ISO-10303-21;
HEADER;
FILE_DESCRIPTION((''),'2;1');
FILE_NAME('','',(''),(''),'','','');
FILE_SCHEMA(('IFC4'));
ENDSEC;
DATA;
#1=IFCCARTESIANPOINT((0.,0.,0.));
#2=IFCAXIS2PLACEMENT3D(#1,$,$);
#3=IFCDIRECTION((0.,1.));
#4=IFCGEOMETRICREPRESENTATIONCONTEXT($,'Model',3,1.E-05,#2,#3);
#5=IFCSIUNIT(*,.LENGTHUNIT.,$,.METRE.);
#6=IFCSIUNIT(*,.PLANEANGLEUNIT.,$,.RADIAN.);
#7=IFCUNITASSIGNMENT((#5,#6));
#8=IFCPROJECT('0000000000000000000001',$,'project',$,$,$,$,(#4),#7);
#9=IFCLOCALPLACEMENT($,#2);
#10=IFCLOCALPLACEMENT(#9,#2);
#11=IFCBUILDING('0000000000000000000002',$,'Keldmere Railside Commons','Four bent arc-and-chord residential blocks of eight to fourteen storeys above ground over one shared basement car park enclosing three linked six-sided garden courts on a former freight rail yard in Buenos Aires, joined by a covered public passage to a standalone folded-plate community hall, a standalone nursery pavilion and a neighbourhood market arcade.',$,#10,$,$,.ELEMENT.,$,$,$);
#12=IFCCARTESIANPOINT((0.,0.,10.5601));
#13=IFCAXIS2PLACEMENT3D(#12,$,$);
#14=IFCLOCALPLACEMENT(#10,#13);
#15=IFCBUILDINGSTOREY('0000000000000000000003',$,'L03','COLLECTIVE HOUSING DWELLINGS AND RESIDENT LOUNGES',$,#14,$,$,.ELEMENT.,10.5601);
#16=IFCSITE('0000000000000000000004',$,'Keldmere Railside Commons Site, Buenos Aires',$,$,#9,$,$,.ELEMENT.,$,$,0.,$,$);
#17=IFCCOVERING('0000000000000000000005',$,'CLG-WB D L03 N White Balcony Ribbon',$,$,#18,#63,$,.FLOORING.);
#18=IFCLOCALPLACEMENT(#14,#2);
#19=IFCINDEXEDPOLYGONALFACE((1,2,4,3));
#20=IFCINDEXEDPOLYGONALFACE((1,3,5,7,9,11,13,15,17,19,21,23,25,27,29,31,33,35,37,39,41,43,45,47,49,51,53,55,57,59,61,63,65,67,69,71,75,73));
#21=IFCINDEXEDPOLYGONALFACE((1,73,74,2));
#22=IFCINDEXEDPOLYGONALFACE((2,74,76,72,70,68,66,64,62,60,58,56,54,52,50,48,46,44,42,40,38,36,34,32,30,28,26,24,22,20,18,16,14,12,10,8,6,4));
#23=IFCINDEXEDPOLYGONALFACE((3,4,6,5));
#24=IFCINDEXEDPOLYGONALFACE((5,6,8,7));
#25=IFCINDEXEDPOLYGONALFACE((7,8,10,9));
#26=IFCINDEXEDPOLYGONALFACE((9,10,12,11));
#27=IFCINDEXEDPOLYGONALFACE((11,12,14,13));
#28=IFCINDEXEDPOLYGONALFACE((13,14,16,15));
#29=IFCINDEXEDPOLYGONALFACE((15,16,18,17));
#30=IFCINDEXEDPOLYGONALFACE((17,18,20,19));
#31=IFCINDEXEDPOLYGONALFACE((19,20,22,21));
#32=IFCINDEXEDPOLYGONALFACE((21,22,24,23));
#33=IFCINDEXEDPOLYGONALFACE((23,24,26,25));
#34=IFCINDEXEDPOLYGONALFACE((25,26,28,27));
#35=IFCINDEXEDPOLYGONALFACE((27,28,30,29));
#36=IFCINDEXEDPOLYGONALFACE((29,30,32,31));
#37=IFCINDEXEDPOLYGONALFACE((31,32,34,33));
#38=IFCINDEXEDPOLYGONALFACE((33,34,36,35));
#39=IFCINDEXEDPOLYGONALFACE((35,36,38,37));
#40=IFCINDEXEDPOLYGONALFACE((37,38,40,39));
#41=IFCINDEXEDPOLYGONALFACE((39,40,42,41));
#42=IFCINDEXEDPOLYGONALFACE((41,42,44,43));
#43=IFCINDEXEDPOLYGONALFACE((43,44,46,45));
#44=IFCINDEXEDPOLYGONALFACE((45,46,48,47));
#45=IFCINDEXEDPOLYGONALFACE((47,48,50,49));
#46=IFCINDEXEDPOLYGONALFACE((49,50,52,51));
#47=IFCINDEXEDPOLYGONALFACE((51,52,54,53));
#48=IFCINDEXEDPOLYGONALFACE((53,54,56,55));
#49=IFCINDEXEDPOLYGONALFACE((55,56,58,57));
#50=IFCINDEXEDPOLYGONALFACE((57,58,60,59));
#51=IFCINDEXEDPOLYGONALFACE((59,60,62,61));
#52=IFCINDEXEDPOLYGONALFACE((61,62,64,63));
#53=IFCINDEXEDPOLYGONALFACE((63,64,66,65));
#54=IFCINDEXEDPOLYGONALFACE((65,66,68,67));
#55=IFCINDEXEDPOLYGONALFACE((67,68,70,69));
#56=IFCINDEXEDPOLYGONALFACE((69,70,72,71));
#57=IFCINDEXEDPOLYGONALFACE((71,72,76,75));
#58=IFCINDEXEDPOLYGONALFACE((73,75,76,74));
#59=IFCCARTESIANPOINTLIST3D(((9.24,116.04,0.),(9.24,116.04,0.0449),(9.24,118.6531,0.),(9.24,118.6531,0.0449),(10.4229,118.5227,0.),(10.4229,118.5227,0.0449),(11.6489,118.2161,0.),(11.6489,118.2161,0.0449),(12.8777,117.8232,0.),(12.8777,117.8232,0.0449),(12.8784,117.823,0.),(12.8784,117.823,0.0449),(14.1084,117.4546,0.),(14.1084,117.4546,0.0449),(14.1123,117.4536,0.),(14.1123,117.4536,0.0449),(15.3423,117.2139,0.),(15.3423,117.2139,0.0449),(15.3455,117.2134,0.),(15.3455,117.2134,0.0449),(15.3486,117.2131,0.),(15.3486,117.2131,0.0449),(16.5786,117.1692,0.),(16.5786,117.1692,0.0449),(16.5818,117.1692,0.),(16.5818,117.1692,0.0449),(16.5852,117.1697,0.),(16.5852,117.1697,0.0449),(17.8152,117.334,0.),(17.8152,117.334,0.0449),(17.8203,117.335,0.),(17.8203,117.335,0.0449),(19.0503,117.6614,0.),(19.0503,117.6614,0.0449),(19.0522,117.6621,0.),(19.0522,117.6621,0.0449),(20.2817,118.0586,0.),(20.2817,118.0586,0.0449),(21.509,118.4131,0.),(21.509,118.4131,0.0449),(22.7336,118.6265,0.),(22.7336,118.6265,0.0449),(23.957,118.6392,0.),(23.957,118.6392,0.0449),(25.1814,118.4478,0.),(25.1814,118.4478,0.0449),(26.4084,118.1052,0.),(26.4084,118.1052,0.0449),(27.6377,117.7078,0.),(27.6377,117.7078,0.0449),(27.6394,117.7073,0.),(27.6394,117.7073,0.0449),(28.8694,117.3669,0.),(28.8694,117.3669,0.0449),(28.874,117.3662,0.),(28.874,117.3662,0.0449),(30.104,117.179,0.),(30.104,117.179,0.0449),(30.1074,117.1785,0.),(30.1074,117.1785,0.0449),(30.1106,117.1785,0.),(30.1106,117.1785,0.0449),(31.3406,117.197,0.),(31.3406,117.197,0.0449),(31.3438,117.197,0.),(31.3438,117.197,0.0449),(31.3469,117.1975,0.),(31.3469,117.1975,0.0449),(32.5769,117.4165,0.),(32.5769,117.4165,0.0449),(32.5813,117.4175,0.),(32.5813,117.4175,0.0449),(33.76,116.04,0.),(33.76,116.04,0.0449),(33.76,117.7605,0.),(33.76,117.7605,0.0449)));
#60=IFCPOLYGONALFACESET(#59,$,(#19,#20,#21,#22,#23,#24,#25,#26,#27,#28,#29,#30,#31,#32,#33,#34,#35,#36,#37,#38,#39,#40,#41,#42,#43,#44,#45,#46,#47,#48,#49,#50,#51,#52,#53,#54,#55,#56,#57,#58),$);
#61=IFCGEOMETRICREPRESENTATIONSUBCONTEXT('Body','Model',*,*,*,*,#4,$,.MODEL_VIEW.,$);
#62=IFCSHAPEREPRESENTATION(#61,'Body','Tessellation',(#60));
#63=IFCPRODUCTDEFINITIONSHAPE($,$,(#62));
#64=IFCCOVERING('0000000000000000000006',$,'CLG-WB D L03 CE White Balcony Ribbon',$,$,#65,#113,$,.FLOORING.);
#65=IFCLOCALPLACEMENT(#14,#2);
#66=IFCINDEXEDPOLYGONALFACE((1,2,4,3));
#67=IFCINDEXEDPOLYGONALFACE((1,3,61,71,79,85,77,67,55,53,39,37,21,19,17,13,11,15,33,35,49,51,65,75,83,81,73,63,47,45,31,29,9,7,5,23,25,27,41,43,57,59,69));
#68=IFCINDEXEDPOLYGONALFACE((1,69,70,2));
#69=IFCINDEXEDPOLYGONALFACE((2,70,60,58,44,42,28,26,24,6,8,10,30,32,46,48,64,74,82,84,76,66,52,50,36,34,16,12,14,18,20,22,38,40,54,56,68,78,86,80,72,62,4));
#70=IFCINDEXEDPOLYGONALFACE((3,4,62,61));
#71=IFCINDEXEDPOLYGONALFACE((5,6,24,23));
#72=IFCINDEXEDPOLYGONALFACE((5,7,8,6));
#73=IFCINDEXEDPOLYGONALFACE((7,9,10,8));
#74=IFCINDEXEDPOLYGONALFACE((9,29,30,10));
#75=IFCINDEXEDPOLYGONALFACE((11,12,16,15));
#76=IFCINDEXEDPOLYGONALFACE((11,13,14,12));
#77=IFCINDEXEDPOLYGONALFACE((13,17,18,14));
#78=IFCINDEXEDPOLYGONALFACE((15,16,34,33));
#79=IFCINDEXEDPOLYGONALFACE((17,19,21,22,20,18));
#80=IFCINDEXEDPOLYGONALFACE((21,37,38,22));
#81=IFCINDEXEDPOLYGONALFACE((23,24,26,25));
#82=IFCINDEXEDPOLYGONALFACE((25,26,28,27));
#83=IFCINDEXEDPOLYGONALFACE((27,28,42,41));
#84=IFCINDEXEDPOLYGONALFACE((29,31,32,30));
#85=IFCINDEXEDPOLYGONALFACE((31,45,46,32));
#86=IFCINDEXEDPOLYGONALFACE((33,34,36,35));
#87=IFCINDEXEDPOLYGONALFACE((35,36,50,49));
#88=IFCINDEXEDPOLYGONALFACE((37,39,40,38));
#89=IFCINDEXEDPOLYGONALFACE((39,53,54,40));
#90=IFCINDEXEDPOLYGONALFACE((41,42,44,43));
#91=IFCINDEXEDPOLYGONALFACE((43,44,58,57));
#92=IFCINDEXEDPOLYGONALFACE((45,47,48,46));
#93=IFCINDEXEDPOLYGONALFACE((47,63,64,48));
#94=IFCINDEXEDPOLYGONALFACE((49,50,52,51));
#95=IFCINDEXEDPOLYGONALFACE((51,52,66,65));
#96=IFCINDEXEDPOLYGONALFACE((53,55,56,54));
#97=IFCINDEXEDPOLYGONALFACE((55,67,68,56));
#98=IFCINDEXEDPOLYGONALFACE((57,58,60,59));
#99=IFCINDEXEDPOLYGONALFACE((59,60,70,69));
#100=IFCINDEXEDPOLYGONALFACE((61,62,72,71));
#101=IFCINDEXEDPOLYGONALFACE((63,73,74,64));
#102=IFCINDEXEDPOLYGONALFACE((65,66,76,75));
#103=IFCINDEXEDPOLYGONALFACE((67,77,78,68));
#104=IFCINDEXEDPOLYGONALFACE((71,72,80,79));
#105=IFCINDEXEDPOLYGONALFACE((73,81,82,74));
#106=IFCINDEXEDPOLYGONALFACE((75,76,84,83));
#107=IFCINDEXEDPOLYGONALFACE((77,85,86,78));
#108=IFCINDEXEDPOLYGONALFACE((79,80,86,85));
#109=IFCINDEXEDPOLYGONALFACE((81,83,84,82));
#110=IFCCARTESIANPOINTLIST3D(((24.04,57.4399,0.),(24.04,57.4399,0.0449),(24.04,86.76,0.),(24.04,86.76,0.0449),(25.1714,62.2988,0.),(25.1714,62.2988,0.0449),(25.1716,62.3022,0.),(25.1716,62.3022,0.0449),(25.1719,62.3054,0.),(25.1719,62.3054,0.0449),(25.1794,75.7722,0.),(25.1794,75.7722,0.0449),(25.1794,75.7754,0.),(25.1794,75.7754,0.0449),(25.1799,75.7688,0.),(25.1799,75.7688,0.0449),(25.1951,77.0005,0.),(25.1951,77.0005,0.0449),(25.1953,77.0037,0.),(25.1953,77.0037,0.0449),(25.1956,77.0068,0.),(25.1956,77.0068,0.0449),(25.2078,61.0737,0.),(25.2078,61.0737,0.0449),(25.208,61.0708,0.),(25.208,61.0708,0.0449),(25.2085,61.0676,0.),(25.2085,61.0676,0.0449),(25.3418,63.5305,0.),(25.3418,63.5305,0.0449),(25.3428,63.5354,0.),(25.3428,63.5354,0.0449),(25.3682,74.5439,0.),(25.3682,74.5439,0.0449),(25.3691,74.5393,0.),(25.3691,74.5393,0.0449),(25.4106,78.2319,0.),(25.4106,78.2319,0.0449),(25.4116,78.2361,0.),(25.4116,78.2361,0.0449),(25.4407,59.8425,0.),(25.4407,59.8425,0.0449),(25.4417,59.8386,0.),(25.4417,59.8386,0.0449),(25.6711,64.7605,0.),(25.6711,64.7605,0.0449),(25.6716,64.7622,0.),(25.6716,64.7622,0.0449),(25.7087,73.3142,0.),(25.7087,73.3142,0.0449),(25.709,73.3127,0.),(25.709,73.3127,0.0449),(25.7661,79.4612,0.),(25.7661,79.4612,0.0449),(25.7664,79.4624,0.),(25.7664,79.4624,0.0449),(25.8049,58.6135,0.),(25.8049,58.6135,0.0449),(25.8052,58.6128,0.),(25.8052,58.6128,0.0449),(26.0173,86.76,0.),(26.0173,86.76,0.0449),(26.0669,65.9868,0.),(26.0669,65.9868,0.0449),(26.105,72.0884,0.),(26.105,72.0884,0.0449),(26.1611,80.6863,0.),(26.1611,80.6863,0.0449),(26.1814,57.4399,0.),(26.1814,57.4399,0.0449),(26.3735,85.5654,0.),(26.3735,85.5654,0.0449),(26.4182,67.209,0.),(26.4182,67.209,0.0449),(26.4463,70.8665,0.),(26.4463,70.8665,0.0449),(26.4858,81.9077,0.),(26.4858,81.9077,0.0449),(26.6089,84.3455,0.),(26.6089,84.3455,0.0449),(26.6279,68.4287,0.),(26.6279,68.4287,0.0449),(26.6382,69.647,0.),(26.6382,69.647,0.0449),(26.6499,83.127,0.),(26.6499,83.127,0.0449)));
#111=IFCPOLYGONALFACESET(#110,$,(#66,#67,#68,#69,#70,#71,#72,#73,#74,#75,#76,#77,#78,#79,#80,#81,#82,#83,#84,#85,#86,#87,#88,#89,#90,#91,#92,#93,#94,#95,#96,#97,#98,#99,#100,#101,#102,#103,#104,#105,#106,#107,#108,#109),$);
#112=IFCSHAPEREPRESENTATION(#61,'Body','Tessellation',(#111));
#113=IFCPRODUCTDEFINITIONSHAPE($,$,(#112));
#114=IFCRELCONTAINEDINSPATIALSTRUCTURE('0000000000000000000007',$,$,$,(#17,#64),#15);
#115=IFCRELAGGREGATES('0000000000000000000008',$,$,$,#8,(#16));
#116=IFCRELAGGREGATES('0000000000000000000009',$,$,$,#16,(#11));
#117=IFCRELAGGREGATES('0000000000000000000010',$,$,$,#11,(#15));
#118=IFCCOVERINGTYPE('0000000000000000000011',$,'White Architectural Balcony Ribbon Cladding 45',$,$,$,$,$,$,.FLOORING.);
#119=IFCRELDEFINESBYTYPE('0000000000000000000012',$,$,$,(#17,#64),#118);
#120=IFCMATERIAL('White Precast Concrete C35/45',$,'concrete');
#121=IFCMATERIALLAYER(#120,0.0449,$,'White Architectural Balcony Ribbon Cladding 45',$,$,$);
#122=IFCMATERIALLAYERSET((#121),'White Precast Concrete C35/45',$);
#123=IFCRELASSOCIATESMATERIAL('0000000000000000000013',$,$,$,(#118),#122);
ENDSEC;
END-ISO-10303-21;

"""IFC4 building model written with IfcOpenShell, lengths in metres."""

from ifc_helpers import new_model, si_unit, direction, frame, origin, place, context, subcontext, project, spatial, polyline, outline, extrude, material, layer, layer_set, type_object, element, save


model = new_model("IFC4")

# Units and contexts
model_context = context("Model", 3, precision=1e-05, world=origin(), true_north=direction((0.0, 1.0)))
body_context = subcontext(model_context, "Body", "Model", "MODEL_VIEW")
ifc_project = project(units=[si_unit("LENGTHUNIT", "METRE"), si_unit("PLANEANGLEUNIT", "RADIAN")], contexts=[model_context])

# Site, building, storey
site_placement = place(None, origin())
site = spatial("IfcSite", under=ifc_project, at=site_placement, Name="Keldmere Railside Commons Site, Buenos Aires", CompositionType="ELEMENT", RefElevation=0.0)
building_placement = place(site_placement, origin())
building = spatial("IfcBuilding", under=site, at=building_placement, Name="Keldmere Railside Commons", Description="Four bent arc-and-chord residential blocks of eight to fourteen storeys above ground over one shared basement car park enclosing three linked six-sided garden courts on a former freight rail yard in Buenos Aires, joined by a covered public passage to a standalone folded-plate community hall, a standalone nursery pavilion and a neighbourhood market arcade.", CompositionType="ELEMENT")
storey_placement = place(building_placement, frame((0.0, 0.0, 10.5601)))
storey = spatial("IfcBuildingStorey", under=building, at=storey_placement, Name="L03", Description="COLLECTIVE HOUSING DWELLINGS AND RESIDENT LOUNGES", CompositionType="ELEMENT", Elevation=10.5601)

# Coverings
ifc_material_1 = material(Name="White Precast Concrete C35/45", Category="concrete")
ifc_layer_1 = layer(ifc_material_1, 0.0449, Name="White Architectural Balcony Ribbon Cladding 45")
ifc_layer_set_1 = layer_set([ifc_layer_1], Name="White Precast Concrete C35/45")
covering_type = type_object("IfcCoveringType", Name="White Architectural Balcony Ribbon Cladding 45", PredefinedType="FLOORING", material=ifc_layer_set_1)
covering_1_placement = place(storey_placement, origin())
element("IfcCovering", 1, at=covering_1_placement, inside=storey, type_object=covering_type, Name="CLG-WB D L03 N White Balcony Ribbon", PredefinedType="FLOORING", context=body_context, shape_type="SweptSolid", body=[
    extrude(outline(polyline([(33.76, 116.04), (33.76, 117.7605), (32.5813, 117.4175), (32.5769, 117.4165), (31.3469, 117.1975), (31.3438, 117.197), (31.3406, 117.197), (30.1106, 117.1785), (30.1074, 117.1785), (30.104, 117.179), (28.874, 117.3662), (28.8694, 117.3669), (27.6394, 117.7073), (27.6377, 117.7078), (26.4084, 118.1052), (25.1814, 118.4478), (23.957, 118.6392), (22.7336, 118.6265), (21.509, 118.4131), (20.2817, 118.0586), (19.0522, 117.6621), (19.0503, 117.6614), (17.8203, 117.335), (17.8152, 117.334), (16.5852, 117.1697), (16.5818, 117.1692), (16.5786, 117.1692), (15.3486, 117.2131), (15.3455, 117.2134), (15.3423, 117.2139), (14.1123, 117.4536), (14.1084, 117.4546), (12.8784, 117.823), (12.8777, 117.8232), (11.6489, 118.2161), (10.4229, 118.5227), (9.24, 118.6531), (9.24, 116.04), (33.76, 116.04)])), origin(), (0.0, 0.0, 1.0), 0.0449),
])
covering_2_placement = place(storey_placement, origin())
element("IfcCovering", 2, at=covering_2_placement, inside=storey, type_object=covering_type, Name="CLG-WB D L03 CE White Balcony Ribbon", PredefinedType="FLOORING", context=body_context, shape_type="SweptSolid", body=[
    extrude(outline(polyline([(25.8052, 58.6128), (25.8049, 58.6135), (25.4417, 59.8386), (25.4407, 59.8425), (25.2085, 61.0676), (25.208, 61.0708), (25.2078, 61.0737), (25.1714, 62.2988), (25.1716, 62.3022), (25.1719, 62.3054), (25.3418, 63.5305), (25.3428, 63.5354), (25.6711, 64.7605), (25.6716, 64.7622), (26.0669, 65.9868), (26.4182, 67.209), (26.6279, 68.4287), (26.6382, 69.647), (26.4463, 70.8665), (26.105, 72.0884), (25.709, 73.3127), (25.7087, 73.3142), (25.3691, 74.5393), (25.3682, 74.5439), (25.1799, 75.7688), (25.1794, 75.7722), (25.1794, 75.7754), (25.1951, 77.0005), (25.1953, 77.0037), (25.1956, 77.0068), (25.4106, 78.2319), (25.4116, 78.2361), (25.7661, 79.4612), (25.7664, 79.4624), (26.1611, 80.6863), (26.4858, 81.9077), (26.6499, 83.127), (26.6089, 84.3455), (26.3735, 85.5654), (26.0173, 86.76), (24.04, 86.76), (24.04, 57.4399), (26.1814, 57.4399), (25.8052, 58.6128)])), origin(), (0.0, 0.0, 1.0), 0.0449),
])

save(model, "model.ifc")
